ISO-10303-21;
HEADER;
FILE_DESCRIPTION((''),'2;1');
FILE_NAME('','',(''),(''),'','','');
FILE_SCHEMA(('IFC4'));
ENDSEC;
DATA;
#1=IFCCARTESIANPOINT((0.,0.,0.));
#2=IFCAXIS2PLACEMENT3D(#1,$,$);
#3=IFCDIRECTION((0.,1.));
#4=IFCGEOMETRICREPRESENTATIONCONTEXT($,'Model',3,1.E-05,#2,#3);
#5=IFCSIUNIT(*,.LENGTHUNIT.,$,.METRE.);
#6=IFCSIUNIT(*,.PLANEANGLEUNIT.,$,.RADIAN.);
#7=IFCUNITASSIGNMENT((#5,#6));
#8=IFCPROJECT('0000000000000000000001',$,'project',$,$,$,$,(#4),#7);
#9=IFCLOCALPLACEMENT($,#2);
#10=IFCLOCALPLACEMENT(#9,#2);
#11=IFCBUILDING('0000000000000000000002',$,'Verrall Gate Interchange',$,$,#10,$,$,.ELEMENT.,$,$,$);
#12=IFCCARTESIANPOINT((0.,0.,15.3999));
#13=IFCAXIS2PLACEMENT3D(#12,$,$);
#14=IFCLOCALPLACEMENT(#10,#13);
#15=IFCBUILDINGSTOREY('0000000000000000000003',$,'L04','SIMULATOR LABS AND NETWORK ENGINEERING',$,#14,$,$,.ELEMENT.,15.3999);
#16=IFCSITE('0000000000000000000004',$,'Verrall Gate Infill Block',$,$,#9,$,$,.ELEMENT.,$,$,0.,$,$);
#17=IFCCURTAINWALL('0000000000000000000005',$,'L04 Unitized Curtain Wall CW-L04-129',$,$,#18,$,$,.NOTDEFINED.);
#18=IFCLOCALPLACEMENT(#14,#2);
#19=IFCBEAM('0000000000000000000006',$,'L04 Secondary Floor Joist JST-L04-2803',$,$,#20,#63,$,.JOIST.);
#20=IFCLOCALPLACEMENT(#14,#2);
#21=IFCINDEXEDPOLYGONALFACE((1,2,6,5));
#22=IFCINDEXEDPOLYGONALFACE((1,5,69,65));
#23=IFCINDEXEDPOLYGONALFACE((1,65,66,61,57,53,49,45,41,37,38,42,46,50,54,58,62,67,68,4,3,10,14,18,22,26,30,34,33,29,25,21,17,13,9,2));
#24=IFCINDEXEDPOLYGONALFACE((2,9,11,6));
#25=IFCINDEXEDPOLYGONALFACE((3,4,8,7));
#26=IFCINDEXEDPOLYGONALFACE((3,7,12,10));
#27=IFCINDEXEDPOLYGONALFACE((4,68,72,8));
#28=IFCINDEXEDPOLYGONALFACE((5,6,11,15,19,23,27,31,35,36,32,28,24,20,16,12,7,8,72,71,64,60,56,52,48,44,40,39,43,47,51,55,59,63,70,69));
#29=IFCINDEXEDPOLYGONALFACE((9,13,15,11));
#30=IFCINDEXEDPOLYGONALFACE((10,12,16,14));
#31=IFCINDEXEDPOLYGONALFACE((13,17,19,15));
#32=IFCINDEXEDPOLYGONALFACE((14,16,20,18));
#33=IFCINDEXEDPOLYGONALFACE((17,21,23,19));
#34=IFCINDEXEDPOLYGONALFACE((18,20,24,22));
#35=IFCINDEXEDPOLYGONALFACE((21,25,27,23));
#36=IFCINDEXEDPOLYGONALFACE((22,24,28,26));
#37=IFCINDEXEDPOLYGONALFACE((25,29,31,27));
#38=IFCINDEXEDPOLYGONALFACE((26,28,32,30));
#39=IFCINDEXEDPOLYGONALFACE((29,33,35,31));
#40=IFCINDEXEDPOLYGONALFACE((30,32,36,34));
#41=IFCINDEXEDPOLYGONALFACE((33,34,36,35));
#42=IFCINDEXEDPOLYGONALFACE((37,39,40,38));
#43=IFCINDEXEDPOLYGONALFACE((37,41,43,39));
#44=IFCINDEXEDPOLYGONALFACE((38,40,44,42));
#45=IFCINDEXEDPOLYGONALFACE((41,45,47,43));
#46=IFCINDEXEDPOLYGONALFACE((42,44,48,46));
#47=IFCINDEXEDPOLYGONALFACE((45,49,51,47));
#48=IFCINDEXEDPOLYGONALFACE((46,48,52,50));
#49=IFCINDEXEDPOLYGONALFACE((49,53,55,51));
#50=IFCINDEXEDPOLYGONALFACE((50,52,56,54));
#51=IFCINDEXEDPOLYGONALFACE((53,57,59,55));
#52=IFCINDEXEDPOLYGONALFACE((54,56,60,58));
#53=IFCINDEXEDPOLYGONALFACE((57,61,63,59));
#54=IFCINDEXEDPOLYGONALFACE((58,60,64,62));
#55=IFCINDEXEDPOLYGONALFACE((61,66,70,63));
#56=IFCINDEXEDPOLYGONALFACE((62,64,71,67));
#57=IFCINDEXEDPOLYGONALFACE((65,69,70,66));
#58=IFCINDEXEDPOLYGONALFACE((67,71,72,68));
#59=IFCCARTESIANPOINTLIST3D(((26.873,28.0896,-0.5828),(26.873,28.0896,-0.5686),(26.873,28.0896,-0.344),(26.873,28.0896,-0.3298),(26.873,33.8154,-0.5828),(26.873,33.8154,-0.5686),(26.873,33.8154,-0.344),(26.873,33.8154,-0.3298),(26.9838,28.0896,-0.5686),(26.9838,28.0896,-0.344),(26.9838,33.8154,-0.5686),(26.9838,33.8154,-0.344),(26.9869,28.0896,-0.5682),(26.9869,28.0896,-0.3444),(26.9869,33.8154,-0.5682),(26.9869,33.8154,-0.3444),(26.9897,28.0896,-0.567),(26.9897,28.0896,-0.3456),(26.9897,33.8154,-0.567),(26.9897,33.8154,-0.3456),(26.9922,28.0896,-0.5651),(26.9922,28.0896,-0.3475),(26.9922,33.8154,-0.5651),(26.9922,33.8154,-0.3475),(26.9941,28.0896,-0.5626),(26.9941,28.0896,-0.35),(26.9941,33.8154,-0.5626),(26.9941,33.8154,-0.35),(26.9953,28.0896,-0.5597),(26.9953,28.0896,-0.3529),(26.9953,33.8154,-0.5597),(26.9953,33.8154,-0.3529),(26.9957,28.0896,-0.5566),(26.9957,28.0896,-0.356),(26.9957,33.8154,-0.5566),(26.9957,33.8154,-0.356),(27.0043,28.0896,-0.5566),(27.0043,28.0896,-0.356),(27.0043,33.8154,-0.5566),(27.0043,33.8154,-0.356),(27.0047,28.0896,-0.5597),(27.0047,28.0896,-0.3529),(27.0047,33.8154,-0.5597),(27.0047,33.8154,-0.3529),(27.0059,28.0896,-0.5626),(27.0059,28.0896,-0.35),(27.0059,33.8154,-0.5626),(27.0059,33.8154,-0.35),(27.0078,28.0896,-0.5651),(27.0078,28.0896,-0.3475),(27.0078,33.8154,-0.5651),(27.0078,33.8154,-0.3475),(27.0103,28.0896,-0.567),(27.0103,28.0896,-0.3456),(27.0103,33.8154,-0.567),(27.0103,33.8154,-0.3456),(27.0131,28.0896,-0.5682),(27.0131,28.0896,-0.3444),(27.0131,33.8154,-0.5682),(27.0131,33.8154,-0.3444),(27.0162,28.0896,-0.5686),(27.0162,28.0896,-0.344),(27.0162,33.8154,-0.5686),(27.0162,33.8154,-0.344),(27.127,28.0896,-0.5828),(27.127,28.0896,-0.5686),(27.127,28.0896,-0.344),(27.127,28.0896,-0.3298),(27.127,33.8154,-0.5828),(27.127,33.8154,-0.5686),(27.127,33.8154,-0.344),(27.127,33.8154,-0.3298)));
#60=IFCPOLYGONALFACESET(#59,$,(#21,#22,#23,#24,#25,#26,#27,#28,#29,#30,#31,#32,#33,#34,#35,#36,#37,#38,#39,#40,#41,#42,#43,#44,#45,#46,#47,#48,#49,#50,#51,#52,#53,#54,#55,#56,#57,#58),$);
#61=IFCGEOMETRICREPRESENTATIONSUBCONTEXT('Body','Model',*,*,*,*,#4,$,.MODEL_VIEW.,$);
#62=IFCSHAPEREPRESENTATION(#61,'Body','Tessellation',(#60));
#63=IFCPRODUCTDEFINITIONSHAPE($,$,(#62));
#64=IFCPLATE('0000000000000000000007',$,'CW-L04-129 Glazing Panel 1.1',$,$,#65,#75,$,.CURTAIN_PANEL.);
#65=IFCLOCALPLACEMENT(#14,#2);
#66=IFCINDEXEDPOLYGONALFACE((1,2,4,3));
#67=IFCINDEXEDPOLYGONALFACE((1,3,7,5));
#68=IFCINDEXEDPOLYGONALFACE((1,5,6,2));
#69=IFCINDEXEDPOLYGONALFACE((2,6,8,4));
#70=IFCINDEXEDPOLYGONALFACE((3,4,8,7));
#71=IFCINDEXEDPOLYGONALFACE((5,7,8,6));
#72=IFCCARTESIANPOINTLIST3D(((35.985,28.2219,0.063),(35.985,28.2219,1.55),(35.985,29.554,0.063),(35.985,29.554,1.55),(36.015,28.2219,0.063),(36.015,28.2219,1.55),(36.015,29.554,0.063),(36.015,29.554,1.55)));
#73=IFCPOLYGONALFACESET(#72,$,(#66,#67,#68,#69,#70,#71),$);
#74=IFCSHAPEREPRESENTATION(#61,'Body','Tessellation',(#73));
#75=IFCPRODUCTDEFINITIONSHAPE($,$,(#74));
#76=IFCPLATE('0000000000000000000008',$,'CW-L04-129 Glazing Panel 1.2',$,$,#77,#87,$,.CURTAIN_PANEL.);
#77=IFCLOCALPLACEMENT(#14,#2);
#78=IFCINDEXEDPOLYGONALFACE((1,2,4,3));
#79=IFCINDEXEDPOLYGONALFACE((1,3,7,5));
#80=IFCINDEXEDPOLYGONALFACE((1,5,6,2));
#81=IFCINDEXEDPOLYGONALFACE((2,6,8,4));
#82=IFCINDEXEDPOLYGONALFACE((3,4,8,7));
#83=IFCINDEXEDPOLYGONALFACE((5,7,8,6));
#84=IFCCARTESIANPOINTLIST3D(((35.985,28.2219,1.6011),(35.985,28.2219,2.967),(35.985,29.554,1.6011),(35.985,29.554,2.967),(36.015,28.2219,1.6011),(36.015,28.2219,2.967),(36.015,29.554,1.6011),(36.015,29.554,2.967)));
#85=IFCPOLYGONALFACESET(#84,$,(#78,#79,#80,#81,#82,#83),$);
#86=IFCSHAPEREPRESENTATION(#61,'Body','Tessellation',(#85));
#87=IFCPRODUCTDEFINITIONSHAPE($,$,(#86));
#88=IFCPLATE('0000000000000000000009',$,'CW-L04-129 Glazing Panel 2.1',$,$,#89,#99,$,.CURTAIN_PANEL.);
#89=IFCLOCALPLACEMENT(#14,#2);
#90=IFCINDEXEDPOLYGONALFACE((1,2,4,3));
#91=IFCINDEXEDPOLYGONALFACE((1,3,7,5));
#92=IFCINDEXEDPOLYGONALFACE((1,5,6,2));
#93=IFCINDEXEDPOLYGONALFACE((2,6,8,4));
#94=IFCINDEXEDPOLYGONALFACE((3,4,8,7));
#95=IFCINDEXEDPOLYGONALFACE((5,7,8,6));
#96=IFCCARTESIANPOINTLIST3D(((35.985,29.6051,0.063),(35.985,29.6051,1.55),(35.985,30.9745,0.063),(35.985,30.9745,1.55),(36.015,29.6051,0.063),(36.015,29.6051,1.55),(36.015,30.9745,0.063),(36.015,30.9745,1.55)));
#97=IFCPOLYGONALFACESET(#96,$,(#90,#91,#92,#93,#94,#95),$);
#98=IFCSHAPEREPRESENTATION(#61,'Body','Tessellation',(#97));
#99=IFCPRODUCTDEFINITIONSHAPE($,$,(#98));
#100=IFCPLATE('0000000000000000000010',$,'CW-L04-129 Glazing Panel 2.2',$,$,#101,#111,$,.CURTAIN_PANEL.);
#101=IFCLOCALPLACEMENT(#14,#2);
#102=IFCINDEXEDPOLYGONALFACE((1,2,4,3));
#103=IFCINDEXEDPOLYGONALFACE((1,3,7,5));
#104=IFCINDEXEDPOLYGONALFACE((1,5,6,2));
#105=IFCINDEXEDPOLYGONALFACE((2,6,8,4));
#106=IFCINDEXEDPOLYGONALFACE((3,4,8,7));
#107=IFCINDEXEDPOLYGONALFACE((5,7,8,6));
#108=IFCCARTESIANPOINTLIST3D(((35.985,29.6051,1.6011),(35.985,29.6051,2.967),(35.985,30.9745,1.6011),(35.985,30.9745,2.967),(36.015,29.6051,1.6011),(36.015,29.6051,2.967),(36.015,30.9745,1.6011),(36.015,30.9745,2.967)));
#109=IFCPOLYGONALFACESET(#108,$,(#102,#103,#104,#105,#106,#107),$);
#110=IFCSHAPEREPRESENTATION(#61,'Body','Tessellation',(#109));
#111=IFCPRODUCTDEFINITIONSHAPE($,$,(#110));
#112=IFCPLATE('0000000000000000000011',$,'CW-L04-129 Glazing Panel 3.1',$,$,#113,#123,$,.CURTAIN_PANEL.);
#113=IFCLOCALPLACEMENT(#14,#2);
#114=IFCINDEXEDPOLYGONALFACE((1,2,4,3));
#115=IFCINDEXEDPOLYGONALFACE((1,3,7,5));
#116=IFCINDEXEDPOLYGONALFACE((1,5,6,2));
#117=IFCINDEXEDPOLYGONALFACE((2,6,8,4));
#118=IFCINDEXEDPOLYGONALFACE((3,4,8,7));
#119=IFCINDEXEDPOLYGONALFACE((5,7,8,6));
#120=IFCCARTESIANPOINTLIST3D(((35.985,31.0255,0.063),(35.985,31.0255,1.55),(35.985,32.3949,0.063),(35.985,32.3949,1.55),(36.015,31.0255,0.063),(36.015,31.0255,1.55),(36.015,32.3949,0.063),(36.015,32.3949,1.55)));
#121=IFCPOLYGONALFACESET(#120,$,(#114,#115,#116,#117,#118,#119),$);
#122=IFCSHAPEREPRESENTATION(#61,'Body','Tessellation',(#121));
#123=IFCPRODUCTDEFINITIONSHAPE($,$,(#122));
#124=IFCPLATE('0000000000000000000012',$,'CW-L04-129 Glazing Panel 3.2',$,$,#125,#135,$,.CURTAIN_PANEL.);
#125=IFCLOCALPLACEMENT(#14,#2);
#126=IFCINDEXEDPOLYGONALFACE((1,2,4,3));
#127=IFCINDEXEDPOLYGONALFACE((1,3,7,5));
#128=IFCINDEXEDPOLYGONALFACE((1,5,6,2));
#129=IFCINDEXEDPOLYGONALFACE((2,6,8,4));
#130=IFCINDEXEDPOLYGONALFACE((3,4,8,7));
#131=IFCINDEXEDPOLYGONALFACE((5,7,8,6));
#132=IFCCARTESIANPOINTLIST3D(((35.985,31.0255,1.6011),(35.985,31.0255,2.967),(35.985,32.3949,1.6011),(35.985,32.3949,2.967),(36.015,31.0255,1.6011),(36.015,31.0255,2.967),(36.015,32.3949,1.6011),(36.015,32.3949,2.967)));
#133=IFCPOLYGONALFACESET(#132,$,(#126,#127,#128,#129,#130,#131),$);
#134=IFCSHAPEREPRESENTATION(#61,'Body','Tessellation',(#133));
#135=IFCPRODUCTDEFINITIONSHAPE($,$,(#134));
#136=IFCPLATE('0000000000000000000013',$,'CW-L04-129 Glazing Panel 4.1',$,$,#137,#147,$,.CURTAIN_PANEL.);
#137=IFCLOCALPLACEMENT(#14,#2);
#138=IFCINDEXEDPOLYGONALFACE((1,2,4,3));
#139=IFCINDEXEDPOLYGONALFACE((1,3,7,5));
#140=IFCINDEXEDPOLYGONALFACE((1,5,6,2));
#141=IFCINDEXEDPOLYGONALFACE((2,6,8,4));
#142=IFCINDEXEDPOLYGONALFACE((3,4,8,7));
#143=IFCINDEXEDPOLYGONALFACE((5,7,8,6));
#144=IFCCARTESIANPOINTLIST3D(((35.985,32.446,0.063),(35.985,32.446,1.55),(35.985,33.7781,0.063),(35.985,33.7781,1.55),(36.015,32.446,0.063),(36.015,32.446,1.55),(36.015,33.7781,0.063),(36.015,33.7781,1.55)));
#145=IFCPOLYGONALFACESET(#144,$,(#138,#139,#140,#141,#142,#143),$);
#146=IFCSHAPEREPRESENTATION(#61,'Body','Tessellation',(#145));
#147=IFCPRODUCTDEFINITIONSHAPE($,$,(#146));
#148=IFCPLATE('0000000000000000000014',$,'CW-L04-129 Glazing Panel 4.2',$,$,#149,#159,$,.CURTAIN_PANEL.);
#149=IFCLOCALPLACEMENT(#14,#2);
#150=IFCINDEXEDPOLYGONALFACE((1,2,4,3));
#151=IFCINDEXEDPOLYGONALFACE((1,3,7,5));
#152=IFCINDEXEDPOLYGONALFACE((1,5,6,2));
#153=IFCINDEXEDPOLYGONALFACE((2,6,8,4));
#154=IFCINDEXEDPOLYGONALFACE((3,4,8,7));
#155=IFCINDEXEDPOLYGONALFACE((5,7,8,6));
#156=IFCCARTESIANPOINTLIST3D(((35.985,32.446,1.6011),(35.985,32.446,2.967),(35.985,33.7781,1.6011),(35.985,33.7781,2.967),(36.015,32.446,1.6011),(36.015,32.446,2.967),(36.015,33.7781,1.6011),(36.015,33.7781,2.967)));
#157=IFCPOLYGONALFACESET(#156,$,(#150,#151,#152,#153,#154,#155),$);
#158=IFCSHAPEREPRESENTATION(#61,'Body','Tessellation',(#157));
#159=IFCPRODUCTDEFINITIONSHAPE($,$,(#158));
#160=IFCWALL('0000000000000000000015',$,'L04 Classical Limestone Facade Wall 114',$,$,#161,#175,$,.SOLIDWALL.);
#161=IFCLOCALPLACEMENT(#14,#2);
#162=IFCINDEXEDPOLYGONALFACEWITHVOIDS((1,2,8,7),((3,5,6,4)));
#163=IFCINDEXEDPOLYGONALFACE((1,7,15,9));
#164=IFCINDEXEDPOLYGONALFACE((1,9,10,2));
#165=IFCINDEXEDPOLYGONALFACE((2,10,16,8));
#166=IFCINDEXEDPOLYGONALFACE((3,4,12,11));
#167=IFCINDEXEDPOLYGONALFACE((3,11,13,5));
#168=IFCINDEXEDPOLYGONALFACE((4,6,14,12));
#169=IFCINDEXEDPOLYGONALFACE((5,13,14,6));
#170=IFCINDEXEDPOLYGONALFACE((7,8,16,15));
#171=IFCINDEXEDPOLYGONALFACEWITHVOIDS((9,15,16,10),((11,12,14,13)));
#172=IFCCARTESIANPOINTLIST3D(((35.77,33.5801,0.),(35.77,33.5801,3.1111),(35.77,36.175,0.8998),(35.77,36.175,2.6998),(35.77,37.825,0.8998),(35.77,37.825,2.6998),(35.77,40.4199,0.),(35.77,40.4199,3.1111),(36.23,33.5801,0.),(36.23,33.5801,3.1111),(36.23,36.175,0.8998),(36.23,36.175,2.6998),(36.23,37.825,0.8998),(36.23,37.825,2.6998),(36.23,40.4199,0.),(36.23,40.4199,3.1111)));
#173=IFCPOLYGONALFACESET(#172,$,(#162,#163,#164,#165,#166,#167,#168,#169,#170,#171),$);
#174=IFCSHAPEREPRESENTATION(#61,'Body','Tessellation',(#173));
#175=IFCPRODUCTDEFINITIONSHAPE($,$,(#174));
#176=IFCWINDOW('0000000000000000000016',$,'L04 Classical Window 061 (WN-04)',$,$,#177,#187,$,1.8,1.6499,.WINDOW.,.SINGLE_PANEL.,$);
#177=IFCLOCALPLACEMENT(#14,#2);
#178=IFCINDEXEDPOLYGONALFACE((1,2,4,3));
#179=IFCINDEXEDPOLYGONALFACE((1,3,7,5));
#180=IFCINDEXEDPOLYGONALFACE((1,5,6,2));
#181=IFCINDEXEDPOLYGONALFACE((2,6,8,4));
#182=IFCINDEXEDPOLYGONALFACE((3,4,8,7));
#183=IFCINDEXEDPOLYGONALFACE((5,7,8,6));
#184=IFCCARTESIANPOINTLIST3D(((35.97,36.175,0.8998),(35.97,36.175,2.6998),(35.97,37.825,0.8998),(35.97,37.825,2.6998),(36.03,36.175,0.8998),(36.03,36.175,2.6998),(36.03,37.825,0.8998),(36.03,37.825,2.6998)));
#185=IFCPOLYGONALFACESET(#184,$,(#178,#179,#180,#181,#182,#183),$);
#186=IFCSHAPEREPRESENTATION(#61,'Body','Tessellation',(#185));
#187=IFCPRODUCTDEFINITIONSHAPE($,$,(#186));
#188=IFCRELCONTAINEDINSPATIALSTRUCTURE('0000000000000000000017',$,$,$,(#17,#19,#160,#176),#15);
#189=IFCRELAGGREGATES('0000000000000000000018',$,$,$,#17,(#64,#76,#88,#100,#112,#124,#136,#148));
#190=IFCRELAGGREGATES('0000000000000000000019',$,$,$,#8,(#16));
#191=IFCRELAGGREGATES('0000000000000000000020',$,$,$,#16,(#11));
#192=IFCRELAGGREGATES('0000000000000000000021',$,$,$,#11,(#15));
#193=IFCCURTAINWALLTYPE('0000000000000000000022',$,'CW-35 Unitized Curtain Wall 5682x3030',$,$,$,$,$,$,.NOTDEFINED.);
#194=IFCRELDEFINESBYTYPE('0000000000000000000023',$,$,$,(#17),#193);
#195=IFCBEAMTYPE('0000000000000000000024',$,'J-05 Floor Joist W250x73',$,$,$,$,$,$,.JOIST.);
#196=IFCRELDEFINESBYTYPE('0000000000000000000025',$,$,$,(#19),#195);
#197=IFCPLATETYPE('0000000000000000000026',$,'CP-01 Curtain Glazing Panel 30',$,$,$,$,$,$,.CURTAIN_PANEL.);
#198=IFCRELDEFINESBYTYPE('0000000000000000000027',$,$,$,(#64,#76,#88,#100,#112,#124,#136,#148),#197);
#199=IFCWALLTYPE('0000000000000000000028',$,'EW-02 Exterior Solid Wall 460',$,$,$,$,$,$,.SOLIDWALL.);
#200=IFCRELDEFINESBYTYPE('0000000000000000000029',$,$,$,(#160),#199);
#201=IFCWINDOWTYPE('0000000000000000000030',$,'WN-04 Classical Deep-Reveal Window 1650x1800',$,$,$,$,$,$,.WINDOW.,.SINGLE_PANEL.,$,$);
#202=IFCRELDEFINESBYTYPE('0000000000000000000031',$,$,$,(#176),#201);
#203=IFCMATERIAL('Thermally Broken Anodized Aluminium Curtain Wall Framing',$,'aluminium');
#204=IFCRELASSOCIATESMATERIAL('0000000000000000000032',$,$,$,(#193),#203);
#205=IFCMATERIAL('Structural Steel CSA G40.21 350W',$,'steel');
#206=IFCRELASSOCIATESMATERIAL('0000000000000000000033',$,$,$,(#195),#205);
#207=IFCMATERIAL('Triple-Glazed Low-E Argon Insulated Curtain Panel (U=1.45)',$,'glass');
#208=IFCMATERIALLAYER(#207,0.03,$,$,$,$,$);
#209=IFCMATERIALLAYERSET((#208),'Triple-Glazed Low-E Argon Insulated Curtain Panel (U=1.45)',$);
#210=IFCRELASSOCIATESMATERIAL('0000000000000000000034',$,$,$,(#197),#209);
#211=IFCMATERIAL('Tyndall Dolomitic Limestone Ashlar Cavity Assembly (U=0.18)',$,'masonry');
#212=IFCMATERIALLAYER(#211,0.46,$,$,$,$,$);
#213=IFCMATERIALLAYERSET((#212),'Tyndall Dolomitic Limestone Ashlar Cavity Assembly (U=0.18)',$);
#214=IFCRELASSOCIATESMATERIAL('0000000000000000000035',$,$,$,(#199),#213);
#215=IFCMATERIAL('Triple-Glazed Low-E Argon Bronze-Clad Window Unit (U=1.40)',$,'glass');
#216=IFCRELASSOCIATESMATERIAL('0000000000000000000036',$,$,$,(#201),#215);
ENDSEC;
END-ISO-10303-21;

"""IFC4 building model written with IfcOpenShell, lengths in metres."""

from ifc_helpers import new_model, si_unit, direction, frame, frame_2d, origin, origin_2d, place, context, subcontext, project, spatial, rectangle, i_section, extrude, material, layer, layer_set, material_profile, profile_set, type_object, element, fill, aggregate, save


model = new_model("IFC4")

# Units and contexts
model_context = context("Model", 3, precision=1e-05, world=origin(), true_north=direction((0.0, 1.0)))
body_context = subcontext(model_context, "Body", "Model", "MODEL_VIEW")
ifc_project = project(units=[si_unit("LENGTHUNIT", "METRE"), si_unit("PLANEANGLEUNIT", "RADIAN")], contexts=[model_context])

# Site, building, storey
site_placement = place(None, origin())
site = spatial("IfcSite", under=ifc_project, at=site_placement, Name="Verrall Gate Infill Block", CompositionType="ELEMENT", RefElevation=0.0)
building_placement = place(site_placement, origin())
building = spatial("IfcBuilding", under=site, at=building_placement, Name="Verrall Gate Interchange", CompositionType="ELEMENT")
storey_placement = place(building_placement, frame((0.0, 0.0, 15.3999)))
storey = spatial("IfcBuildingStorey", under=building, at=storey_placement, Name="L04", Description="SIMULATOR LABS AND NETWORK ENGINEERING", CompositionType="ELEMENT", Elevation=15.3999)

# Curtain wall
ifc_material_1 = material(Name="Thermally Broken Anodized Aluminium Curtain Wall Framing", Category="aluminium")
curtain_wall_type = type_object("IfcCurtainWallType", Name="CW-35 Unitized Curtain Wall 5682x3030", PredefinedType="NOTDEFINED", material=ifc_material_1)
curtain_wall_placement = place(storey_placement, origin())
curtain_wall = element("IfcCurtainWall", 1, at=curtain_wall_placement, inside=storey, type_object=curtain_wall_type, Name="L04 Unitized Curtain Wall CW-L04-129", PredefinedType="NOTDEFINED")

# Beam
ifc_material_2 = material(Name="Structural Steel CSA G40.21 350W", Category="steel")
ifc_material_profile_1 = material_profile(ifc_material_2, i_section(OverallWidth=0.2539, OverallDepth=0.2529, WebThickness=0.0085, FlangeThickness=0.0142, FilletRadius=0.012, at=origin_2d()), Name="W250x73")
ifc_profile_set_1 = profile_set([ifc_material_profile_1], Name="Structural Steel CSA G40.21 350W")
beam_type_1 = type_object("IfcBeamType", Name="J-05 Floor Joist W250x73", PredefinedType="JOIST", material=ifc_profile_set_1)
beam_1_placement = place(storey_placement, frame((27.0, 28.0896, -0.4563), z_axis=(0.0, 1.0, 0.0), x_axis=(-1.0, 0.0, 0.0)))
element("IfcBeam", 2, at=beam_1_placement, inside=storey, type_object=beam_type_1, Name="L04 Secondary Floor Joist JST-L04-2803", PredefinedType="JOIST", context=body_context, shape_type="SweptSolid", body=[
    extrude(i_section(OverallWidth=0.2539, OverallDepth=0.2529, WebThickness=0.0085, FlangeThickness=0.0142, FilletRadius=0.012, at=origin_2d()), origin(), (0.0, 0.0, 1.0), 5.7258),
])

# Plates
ifc_material_3 = material(Name="Triple-Glazed Low-E Argon Insulated Curtain Panel (U=1.45)", Category="glass")
ifc_layer_1 = layer(ifc_material_3, 0.03)
ifc_layer_set_1 = layer_set([ifc_layer_1], Name="Triple-Glazed Low-E Argon Insulated Curtain Panel (U=1.45)")
plate_type = type_object("IfcPlateType", Name="CP-01 Curtain Glazing Panel 30", PredefinedType="CURTAIN_PANEL", material=ifc_layer_set_1)
plate_1_placement = place(storey_placement, frame((36.0, 28.8879, 0.063), z_axis=(0.0, 0.0, 1.0), x_axis=(0.0, 1.0, 0.0)))
plate_1 = element("IfcPlate", 3, at=plate_1_placement, type_object=plate_type, Name="CW-L04-129 Glazing Panel 1.1", PredefinedType="CURTAIN_PANEL", context=body_context, shape_type="SweptSolid", body=[
    extrude(rectangle(XDim=1.332, YDim=0.03, at=origin_2d()), origin(), (0.0, 0.0, 1.0), 1.4871),
])
plate_2_placement = place(storey_placement, frame((36.0, 28.8879, 1.6011), z_axis=(0.0, 0.0, 1.0), x_axis=(0.0, 1.0, 0.0)))
plate_2 = element("IfcPlate", 4, at=plate_2_placement, type_object=plate_type, Name="CW-L04-129 Glazing Panel 1.2", PredefinedType="CURTAIN_PANEL", context=body_context, shape_type="SweptSolid", body=[
    extrude(rectangle(XDim=1.332, YDim=0.03, at=origin_2d()), origin(), (0.0, 0.0, 1.0), 1.366),
])
plate_3_placement = place(storey_placement, frame((36.0, 30.2898, 0.063), z_axis=(0.0, 0.0, 1.0), x_axis=(0.0, 1.0, 0.0)))
plate_3 = element("IfcPlate", 5, at=plate_3_placement, type_object=plate_type, Name="CW-L04-129 Glazing Panel 2.1", PredefinedType="CURTAIN_PANEL", context=body_context, shape_type="SweptSolid", body=[
    extrude(rectangle(XDim=1.3694, YDim=0.03, at=origin_2d()), origin(), (0.0, 0.0, 1.0), 1.4871),
])
plate_4_placement = place(storey_placement, frame((36.0, 30.2898, 1.6011), z_axis=(0.0, 0.0, 1.0), x_axis=(0.0, 1.0, 0.0)))
plate_4 = element("IfcPlate", 6, at=plate_4_placement, type_object=plate_type, Name="CW-L04-129 Glazing Panel 2.2", PredefinedType="CURTAIN_PANEL", context=body_context, shape_type="SweptSolid", body=[
    extrude(rectangle(XDim=1.3694, YDim=0.03, at=origin_2d()), origin(), (0.0, 0.0, 1.0), 1.366),
])
plate_5_placement = place(storey_placement, frame((36.0, 31.7102, 0.063), z_axis=(0.0, 0.0, 1.0), x_axis=(0.0, 1.0, 0.0)))
plate_5 = element("IfcPlate", 7, at=plate_5_placement, type_object=plate_type, Name="CW-L04-129 Glazing Panel 3.1", PredefinedType="CURTAIN_PANEL", context=body_context, shape_type="SweptSolid", body=[
    extrude(rectangle(XDim=1.3694, YDim=0.03, at=origin_2d()), origin(), (0.0, 0.0, 1.0), 1.4871),
])
plate_6_placement = place(storey_placement, frame((36.0, 31.7102, 1.6011), z_axis=(0.0, 0.0, 1.0), x_axis=(0.0, 1.0, 0.0)))
plate_6 = element("IfcPlate", 8, at=plate_6_placement, type_object=plate_type, Name="CW-L04-129 Glazing Panel 3.2", PredefinedType="CURTAIN_PANEL", context=body_context, shape_type="SweptSolid", body=[
    extrude(rectangle(XDim=1.3694, YDim=0.03, at=origin_2d()), origin(), (0.0, 0.0, 1.0), 1.366),
])
plate_7_placement = place(storey_placement, frame((36.0, 33.1121, 0.063), z_axis=(0.0, 0.0, 1.0), x_axis=(0.0, 1.0, 0.0)))
plate_7 = element("IfcPlate", 9, at=plate_7_placement, type_object=plate_type, Name="CW-L04-129 Glazing Panel 4.1", PredefinedType="CURTAIN_PANEL", context=body_context, shape_type="SweptSolid", body=[
    extrude(rectangle(XDim=1.332, YDim=0.03, at=origin_2d()), origin(), (0.0, 0.0, 1.0), 1.4871),
])
plate_8_placement = place(storey_placement, frame((36.0, 33.1121, 1.6011), z_axis=(0.0, 0.0, 1.0), x_axis=(0.0, 1.0, 0.0)))
plate_8 = element("IfcPlate", 10, at=plate_8_placement, type_object=plate_type, Name="CW-L04-129 Glazing Panel 4.2", PredefinedType="CURTAIN_PANEL", context=body_context, shape_type="SweptSolid", body=[
    extrude(rectangle(XDim=1.332, YDim=0.03, at=origin_2d()), origin(), (0.0, 0.0, 1.0), 1.366),
])
aggregate(curtain_wall, [plate_1, plate_2, plate_3, plate_4, plate_5, plate_6, plate_7, plate_8])

# Wall, opening, window
ifc_material_4 = material(Name="Tyndall Dolomitic Limestone Ashlar Cavity Assembly (U=0.18)", Category="masonry")
ifc_layer_2 = layer(ifc_material_4, 0.46)
ifc_layer_set_2 = layer_set([ifc_layer_2], Name="Tyndall Dolomitic Limestone Ashlar Cavity Assembly (U=0.18)")
wall_type = type_object("IfcWallType", Name="EW-02 Exterior Solid Wall 460", PredefinedType="SOLIDWALL", material=ifc_layer_set_2)
wall_placement = place(storey_placement, frame((36.0, 33.5801, 0.0), z_axis=(0.0, 0.0, 1.0), x_axis=(0.0, 1.0, 0.0)))
wall = element("IfcWall", 11, at=wall_placement, inside=storey, type_object=wall_type, Name="L04 Classical Limestone Facade Wall 114", PredefinedType="SOLIDWALL", context=body_context, shape_type="SweptSolid", body=[
    extrude(rectangle(XDim=6.8398, YDim=0.46, at=frame_2d((3.4199, 0.0))), origin(), (0.0, 0.0, 1.0), 3.1111),
])
opening_placement = place(wall_placement, frame((2.595, 0.0, 0.8999)))
opening = element("IfcOpeningElement", 12, at=opening_placement, cuts=wall, PredefinedType="OPENING", context=body_context, shape_type="SweptSolid", body=[
    extrude(rectangle(XDim=1.6499, YDim=1.8, at=frame_2d((0.825, 0.8999))), frame((0.0, 0.2449, 0.0), z_axis=(0.0, -1.0, 0.0), x_axis=(1.0, 0.0, 0.0)), (0.0, 0.0, 1.0), 0.4897),
])
ifc_material_5 = material(Name="Triple-Glazed Low-E Argon Bronze-Clad Window Unit (U=1.40)", Category="glass")
window_type = type_object("IfcWindowType", Name="WN-04 Classical Deep-Reveal Window 1650x1800", PartitioningType="SINGLE_PANEL", PredefinedType="WINDOW", material=ifc_material_5)
window_placement = place(opening_placement, origin())
window = element("IfcWindow", 13, at=window_placement, inside=storey, type_object=window_type, Name="L04 Classical Window 061 (WN-04)", OverallHeight=1.8, OverallWidth=1.6499, PartitioningType="SINGLE_PANEL", PredefinedType="WINDOW", context=body_context, shape_type="SweptSolid", body=[
    extrude(rectangle(XDim=1.6499, YDim=1.8, at=frame_2d((0.825, 0.8999))), frame((0.0, 0.03, 0.0), z_axis=(0.0, -1.0, 0.0), x_axis=(1.0, 0.0, 0.0)), (0.0, 0.0, 1.0), 0.0601),
])
fill(opening, window)

save(model, "model.ifc")
